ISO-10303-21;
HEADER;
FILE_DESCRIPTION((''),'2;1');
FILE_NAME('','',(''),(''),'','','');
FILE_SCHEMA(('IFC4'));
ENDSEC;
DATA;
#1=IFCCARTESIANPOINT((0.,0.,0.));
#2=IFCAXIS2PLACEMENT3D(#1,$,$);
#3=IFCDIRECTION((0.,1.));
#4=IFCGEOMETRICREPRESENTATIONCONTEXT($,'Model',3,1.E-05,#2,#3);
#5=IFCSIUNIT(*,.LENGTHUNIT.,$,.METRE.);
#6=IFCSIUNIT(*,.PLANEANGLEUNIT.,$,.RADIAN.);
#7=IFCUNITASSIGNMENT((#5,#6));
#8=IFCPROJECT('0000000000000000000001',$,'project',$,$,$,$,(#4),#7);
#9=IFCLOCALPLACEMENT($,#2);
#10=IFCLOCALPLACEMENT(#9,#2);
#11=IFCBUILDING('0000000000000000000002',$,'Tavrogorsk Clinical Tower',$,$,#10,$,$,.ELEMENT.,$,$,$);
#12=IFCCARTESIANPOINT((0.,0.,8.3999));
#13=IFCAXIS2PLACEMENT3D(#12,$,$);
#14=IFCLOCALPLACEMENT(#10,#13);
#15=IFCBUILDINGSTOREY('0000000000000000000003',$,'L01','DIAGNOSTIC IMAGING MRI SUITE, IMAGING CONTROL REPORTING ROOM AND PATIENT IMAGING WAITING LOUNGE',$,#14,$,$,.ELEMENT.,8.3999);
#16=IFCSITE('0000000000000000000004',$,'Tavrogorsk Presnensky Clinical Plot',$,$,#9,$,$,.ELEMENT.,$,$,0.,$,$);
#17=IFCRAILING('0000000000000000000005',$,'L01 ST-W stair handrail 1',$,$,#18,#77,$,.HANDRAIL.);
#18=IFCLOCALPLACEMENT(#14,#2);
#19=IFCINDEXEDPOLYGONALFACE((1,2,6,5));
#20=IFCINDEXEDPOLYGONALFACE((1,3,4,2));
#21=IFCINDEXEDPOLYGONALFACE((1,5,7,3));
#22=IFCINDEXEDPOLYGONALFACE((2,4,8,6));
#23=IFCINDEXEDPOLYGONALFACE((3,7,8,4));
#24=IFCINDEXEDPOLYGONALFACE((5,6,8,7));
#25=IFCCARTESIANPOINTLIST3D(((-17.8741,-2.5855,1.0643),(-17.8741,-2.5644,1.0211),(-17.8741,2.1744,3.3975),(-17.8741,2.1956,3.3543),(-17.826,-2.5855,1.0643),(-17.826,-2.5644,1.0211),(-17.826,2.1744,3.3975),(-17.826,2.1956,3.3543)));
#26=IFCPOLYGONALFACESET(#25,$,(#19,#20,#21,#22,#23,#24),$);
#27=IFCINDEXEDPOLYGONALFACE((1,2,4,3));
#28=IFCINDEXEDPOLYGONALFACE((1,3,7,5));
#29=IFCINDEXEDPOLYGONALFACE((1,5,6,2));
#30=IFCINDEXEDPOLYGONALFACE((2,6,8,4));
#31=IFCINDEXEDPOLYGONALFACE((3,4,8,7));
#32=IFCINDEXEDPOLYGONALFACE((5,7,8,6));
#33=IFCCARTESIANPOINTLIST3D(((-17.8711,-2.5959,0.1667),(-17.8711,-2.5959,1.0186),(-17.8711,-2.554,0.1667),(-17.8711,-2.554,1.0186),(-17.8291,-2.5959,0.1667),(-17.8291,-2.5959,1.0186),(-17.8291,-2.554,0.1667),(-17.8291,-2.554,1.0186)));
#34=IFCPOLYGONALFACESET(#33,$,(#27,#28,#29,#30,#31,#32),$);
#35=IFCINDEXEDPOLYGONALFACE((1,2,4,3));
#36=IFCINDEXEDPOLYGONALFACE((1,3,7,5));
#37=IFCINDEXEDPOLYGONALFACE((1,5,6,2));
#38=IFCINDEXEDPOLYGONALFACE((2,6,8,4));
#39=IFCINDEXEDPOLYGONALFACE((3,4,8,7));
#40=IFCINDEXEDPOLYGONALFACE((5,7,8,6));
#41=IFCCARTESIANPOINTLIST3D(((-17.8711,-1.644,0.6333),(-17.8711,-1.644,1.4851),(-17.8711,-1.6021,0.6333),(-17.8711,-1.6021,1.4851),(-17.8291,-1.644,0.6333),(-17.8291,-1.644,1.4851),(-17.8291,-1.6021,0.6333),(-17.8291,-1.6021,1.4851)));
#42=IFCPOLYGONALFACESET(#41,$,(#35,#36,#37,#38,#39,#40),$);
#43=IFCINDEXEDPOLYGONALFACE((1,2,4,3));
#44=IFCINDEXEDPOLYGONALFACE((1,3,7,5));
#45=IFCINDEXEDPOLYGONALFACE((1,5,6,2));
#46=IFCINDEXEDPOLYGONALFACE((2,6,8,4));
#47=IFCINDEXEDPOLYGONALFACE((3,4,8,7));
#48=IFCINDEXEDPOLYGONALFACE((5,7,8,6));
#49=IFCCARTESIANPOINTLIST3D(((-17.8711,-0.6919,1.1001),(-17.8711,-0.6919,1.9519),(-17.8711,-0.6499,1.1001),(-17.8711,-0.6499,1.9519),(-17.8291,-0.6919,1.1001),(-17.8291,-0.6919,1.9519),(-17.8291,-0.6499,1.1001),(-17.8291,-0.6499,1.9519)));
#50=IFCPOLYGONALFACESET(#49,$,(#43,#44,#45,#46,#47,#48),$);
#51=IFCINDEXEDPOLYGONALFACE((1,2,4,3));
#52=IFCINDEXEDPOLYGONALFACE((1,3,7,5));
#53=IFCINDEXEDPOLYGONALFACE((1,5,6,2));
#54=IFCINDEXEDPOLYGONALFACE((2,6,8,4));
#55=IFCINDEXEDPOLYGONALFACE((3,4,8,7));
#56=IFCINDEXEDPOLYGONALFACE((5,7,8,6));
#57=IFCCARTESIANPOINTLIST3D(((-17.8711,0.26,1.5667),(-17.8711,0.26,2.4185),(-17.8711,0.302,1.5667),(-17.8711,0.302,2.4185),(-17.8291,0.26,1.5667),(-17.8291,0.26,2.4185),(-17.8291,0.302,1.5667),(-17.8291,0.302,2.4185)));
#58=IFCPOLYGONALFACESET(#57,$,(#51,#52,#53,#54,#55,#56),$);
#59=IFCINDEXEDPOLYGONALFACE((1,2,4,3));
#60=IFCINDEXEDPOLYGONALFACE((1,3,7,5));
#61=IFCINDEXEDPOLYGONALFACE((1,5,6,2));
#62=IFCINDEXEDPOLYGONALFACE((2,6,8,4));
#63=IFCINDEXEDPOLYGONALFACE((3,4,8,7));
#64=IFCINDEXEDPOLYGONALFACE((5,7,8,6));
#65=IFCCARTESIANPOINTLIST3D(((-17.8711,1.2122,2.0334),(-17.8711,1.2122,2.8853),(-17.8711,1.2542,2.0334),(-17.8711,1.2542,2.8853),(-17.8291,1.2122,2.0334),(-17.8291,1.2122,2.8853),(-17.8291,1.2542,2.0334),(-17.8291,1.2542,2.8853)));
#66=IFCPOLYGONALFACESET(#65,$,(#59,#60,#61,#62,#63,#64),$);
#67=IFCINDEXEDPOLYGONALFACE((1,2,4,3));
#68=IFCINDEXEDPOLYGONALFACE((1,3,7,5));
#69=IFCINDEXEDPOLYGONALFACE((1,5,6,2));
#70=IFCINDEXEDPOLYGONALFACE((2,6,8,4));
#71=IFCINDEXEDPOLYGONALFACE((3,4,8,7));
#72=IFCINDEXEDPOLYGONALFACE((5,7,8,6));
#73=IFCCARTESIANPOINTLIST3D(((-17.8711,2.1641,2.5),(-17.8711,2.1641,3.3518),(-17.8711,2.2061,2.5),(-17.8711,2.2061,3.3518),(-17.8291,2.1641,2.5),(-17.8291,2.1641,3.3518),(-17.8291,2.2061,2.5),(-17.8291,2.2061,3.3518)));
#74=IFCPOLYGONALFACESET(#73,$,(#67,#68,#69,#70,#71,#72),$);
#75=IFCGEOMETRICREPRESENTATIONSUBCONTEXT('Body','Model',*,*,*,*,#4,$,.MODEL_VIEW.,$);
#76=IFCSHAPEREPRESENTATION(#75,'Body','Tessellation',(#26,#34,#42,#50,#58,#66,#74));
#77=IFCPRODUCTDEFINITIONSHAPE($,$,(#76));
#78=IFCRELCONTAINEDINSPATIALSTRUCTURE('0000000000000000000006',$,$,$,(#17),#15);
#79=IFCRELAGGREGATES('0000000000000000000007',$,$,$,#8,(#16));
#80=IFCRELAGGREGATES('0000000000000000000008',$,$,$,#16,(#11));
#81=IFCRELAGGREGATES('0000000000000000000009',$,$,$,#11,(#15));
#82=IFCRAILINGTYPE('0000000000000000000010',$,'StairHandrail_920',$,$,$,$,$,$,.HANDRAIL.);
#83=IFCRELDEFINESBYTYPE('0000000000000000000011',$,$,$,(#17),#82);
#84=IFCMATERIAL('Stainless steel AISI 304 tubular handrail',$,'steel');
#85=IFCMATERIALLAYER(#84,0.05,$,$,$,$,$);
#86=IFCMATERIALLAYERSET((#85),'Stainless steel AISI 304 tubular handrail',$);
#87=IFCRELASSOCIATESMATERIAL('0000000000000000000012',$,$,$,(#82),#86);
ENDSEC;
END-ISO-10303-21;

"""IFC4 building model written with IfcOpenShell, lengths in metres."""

from ifc_helpers import new_model, si_unit, direction, frame, origin, origin_2d, place, context, subcontext, project, spatial, rectangle, extrude, material, layer, layer_set, type_object, element, save


model = new_model("IFC4")

# Units and contexts
model_context = context("Model", 3, precision=1e-05, world=origin(), true_north=direction((0.0, 1.0)))
body_context = subcontext(model_context, "Body", "Model", "MODEL_VIEW")
ifc_project = project(units=[si_unit("LENGTHUNIT", "METRE"), si_unit("PLANEANGLEUNIT", "RADIAN")], contexts=[model_context])

# Site, building, storey
site_placement = place(None, origin())
site = spatial("IfcSite", under=ifc_project, at=site_placement, Name="Tavrogorsk Presnensky Clinical Plot", CompositionType="ELEMENT", RefElevation=0.0)
building_placement = place(site_placement, origin())
building = spatial("IfcBuilding", under=site, at=building_placement, Name="Tavrogorsk Clinical Tower", CompositionType="ELEMENT")
storey_placement = place(building_placement, frame((0.0, 0.0, 8.3999)))
storey = spatial("IfcBuildingStorey", under=building, at=storey_placement, Name="L01", Description="DIAGNOSTIC IMAGING MRI SUITE, IMAGING CONTROL REPORTING ROOM AND PATIENT IMAGING WAITING LOUNGE", CompositionType="ELEMENT", Elevation=8.3999)

# Railing
ifc_material_1 = material(Name="Stainless steel AISI 304 tubular handrail", Category="steel")
ifc_layer_1 = layer(ifc_material_1, 0.05)
ifc_layer_set_1 = layer_set([ifc_layer_1], Name="Stainless steel AISI 304 tubular handrail")
railing_type_1 = type_object("IfcRailingType", Name="StairHandrail_920", PredefinedType="HANDRAIL", material=ifc_layer_set_1)
railing_1_placement = place(storey_placement, frame((-17.8501, -2.575, 0.1667)))
element("IfcRailing", 1, at=railing_1_placement, inside=storey, type_object=railing_type_1, Name="L01 ST-W stair handrail 1", PredefinedType="HANDRAIL", context=body_context, shape_type="SweptSolid", body=[
    extrude(rectangle(XDim=0.0481, YDim=0.0481, at=origin_2d()), frame((0.0, 0.0, 0.876), z_axis=(0.0, 0.897927, 0.440144), x_axis=(-1.0, 0.0, 0.0)), (0.0, 0.0, 1.0), 5.301),
    extrude(rectangle(XDim=0.042, YDim=0.042, at=origin_2d()), origin(), (0.0, 0.0, 1.0), 0.8518),
    extrude(rectangle(XDim=0.042, YDim=0.042, at=origin_2d()), frame((0.0, 0.9519, 0.4666)), (0.0, 0.0, 1.0), 0.8518),
    extrude(rectangle(XDim=0.042, YDim=0.042, at=origin_2d()), frame((0.0, 1.9041, 0.9333)), (0.0, 0.0, 1.0), 0.8518),
    extrude(rectangle(XDim=0.042, YDim=0.042, at=origin_2d()), frame((0.0, 2.856, 1.3999)), (0.0, 0.0, 1.0), 0.8518),
    extrude(rectangle(XDim=0.042, YDim=0.042, at=origin_2d()), frame((0.0, 3.8081, 1.8667)), (0.0, 0.0, 1.0), 0.8518),
    extrude(rectangle(XDim=0.042, YDim=0.042, at=origin_2d()), frame((0.0, 4.76, 2.3333)), (0.0, 0.0, 1.0), 0.8518),
])

save(model, "model.ifc")
